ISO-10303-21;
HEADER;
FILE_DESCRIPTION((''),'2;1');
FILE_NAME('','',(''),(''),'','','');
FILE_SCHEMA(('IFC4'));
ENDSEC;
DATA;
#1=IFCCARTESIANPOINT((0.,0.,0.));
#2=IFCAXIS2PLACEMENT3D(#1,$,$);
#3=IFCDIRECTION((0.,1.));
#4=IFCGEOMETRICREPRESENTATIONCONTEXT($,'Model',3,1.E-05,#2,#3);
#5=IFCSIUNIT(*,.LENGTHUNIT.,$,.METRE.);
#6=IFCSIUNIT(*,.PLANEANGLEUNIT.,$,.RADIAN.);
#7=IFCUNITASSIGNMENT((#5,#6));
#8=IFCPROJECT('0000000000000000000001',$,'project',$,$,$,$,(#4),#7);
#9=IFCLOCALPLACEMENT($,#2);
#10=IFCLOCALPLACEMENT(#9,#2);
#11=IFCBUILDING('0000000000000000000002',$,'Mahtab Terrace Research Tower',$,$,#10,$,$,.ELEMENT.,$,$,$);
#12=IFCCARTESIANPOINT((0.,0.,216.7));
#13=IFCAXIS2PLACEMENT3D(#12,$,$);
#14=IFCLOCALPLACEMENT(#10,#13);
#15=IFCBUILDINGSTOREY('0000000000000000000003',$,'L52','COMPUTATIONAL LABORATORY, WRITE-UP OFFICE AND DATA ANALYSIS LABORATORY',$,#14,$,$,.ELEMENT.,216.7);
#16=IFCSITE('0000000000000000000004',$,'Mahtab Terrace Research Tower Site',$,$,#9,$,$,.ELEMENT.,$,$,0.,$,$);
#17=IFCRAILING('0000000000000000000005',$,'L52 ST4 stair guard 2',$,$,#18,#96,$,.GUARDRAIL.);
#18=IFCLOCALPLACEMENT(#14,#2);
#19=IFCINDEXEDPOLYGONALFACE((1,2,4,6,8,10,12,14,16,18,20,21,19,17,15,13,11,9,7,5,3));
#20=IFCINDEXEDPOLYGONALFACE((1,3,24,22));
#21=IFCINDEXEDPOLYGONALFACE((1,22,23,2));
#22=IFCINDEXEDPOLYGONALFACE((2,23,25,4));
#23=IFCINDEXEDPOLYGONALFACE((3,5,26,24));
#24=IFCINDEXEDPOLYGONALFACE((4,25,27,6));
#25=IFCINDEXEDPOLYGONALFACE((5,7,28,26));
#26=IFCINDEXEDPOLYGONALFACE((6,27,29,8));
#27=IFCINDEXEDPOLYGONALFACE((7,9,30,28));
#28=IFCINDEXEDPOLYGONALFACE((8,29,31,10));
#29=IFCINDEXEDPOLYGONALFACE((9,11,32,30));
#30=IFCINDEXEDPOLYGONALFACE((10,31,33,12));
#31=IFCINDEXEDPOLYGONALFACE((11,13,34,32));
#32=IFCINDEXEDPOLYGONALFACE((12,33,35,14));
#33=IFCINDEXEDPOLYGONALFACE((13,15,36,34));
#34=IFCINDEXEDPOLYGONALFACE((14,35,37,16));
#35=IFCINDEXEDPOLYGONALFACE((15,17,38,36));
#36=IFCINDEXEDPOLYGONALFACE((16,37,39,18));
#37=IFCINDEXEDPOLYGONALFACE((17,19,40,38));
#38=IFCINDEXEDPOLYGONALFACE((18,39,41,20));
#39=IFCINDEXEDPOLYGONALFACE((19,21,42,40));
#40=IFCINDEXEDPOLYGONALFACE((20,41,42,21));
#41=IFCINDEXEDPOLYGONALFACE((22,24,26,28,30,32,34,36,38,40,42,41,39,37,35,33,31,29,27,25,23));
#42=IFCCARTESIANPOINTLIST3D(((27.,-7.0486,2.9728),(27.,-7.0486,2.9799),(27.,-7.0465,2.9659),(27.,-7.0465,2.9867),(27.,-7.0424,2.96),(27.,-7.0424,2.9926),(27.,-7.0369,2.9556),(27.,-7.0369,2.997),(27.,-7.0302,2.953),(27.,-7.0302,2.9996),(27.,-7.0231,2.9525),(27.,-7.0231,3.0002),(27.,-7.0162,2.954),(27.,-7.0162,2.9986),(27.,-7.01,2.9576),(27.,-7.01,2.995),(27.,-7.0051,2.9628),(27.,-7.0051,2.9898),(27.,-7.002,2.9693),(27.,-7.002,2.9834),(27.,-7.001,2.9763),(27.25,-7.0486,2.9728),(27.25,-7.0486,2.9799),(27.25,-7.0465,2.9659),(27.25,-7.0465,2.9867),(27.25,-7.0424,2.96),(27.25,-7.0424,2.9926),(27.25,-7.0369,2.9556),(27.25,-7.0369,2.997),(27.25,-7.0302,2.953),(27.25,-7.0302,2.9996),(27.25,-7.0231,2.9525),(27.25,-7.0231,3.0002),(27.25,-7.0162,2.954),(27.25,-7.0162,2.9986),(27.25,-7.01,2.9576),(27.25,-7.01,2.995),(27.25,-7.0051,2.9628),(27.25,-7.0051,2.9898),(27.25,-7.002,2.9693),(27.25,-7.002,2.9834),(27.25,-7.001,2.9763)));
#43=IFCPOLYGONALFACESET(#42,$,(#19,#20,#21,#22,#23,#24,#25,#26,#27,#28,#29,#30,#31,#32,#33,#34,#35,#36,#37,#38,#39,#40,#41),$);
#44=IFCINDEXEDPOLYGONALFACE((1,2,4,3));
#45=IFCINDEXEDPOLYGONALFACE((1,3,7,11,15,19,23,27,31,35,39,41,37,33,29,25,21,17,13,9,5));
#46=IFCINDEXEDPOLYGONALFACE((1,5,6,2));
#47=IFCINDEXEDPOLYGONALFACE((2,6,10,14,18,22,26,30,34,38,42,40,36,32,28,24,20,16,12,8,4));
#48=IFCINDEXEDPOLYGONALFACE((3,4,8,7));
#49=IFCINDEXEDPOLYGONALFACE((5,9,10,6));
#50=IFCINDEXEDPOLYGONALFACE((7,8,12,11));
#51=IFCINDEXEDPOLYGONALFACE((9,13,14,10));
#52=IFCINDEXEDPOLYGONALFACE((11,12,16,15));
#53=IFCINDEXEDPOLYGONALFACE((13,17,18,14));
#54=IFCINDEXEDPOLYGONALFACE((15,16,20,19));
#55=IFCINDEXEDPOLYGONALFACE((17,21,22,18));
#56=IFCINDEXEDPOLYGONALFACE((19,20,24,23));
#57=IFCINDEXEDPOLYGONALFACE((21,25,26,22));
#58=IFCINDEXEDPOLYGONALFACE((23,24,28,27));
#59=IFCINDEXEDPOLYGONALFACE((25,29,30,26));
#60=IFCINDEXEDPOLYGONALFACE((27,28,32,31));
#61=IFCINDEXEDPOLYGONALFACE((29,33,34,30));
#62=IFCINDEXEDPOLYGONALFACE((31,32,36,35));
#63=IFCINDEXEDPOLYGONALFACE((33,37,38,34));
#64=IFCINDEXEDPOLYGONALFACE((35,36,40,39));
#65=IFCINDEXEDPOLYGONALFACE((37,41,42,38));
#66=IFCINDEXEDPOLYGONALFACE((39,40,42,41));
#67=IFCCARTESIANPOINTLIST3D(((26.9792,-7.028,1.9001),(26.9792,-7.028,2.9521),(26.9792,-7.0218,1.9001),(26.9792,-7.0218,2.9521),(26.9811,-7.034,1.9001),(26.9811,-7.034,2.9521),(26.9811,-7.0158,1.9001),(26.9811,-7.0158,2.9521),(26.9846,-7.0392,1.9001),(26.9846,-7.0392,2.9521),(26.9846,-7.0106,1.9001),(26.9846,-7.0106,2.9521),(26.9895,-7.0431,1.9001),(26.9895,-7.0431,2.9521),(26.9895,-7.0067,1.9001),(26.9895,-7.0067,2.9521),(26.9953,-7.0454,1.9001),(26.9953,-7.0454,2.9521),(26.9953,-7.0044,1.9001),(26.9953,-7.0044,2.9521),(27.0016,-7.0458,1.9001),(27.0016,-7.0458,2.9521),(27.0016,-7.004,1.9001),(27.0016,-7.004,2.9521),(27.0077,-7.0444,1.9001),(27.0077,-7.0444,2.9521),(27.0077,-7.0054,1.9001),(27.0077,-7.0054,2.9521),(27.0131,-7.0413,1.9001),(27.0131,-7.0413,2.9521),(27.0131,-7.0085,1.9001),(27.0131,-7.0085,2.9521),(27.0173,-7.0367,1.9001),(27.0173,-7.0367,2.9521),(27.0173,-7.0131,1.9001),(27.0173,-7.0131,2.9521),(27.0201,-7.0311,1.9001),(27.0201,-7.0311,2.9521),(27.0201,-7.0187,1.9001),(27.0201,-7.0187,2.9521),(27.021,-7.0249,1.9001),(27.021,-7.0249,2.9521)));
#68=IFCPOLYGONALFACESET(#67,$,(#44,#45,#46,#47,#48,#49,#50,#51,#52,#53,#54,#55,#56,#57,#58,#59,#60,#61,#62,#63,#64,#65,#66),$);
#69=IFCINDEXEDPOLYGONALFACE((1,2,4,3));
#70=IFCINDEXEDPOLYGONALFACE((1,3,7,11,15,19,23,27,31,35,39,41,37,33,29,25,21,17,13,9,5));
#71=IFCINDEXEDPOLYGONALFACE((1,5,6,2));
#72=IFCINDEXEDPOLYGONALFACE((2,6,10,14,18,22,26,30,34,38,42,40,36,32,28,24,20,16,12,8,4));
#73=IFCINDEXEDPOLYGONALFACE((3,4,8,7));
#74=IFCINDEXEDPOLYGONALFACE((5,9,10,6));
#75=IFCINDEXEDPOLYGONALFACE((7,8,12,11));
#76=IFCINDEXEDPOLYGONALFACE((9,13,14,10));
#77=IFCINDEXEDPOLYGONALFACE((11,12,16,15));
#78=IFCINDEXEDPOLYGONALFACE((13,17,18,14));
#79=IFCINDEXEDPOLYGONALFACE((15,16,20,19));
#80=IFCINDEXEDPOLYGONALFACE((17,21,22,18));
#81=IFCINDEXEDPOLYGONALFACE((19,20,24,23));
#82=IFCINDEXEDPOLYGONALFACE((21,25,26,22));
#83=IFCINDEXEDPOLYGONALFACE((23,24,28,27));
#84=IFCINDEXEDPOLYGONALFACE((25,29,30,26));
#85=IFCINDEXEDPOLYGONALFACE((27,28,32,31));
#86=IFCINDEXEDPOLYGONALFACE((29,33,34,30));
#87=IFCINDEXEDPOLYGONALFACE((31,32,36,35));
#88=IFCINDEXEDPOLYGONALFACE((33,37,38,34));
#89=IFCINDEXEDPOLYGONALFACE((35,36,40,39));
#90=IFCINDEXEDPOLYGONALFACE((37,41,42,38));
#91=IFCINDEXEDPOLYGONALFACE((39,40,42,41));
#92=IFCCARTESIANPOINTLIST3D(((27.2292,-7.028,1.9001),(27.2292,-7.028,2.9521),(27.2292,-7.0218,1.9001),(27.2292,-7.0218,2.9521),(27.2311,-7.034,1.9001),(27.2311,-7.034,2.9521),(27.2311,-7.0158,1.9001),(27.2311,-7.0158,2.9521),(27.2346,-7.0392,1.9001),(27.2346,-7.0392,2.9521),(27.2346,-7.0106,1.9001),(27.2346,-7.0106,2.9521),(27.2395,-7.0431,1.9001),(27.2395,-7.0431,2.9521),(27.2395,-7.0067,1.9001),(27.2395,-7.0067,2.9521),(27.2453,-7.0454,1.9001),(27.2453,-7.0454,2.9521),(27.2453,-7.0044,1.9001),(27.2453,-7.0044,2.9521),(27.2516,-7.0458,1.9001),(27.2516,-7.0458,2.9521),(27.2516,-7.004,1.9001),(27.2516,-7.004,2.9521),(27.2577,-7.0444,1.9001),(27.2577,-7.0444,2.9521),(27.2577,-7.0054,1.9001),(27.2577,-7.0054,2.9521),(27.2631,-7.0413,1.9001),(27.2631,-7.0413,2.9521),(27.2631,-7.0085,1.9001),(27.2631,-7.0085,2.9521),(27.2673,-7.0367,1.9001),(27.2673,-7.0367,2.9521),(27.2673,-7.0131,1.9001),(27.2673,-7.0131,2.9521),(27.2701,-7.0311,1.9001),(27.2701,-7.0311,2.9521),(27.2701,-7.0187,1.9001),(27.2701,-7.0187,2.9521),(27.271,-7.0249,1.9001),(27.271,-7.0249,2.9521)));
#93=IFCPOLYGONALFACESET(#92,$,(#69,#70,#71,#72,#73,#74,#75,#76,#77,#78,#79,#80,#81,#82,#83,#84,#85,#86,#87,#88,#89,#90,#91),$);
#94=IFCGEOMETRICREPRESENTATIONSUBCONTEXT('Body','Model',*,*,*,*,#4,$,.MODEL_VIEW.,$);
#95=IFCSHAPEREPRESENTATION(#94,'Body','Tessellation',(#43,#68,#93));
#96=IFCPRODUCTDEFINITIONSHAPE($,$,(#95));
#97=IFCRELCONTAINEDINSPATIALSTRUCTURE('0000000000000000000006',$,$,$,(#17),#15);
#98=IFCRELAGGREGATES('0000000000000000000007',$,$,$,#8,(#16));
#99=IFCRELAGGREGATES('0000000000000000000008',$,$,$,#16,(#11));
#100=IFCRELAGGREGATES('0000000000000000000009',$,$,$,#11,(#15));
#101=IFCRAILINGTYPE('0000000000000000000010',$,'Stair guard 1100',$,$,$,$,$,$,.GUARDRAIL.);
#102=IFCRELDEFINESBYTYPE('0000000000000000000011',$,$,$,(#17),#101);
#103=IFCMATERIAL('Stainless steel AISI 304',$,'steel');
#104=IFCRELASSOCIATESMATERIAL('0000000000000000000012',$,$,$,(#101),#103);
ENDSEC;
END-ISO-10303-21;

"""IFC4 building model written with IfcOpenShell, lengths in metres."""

from ifc_helpers import new_model, si_unit, direction, frame, origin, origin_2d, place, context, subcontext, project, spatial, circle, extrude, material, type_object, element, save


model = new_model("IFC4")

# Units and contexts
model_context = context("Model", 3, precision=1e-05, world=origin(), true_north=direction((0.0, 1.0)))
body_context = subcontext(model_context, "Body", "Model", "MODEL_VIEW")
ifc_project = project(units=[si_unit("LENGTHUNIT", "METRE"), si_unit("PLANEANGLEUNIT", "RADIAN")], contexts=[model_context])

# Site, building, storey
site_placement = place(None, origin())
site = spatial("IfcSite", under=ifc_project, at=site_placement, Name="Mahtab Terrace Research Tower Site", CompositionType="ELEMENT", RefElevation=0.0)
building_placement = place(site_placement, origin())
building = spatial("IfcBuilding", under=site, at=building_placement, Name="Mahtab Terrace Research Tower", CompositionType="ELEMENT")
storey_placement = place(building_placement, frame((0.0, 0.0, 216.7)))
storey = spatial("IfcBuildingStorey", under=building, at=storey_placement, Name="L52", Description="COMPUTATIONAL LABORATORY, WRITE-UP OFFICE AND DATA ANALYSIS LABORATORY", CompositionType="ELEMENT", Elevation=216.7)

# Railing
ifc_material_1 = material(Name="Stainless steel AISI 304", Category="steel")
railing_type_1 = type_object("IfcRailingType", Name="Stair guard 1100", PredefinedType="GUARDRAIL", material=ifc_material_1)
railing_1_placement = place(storey_placement, frame((27.0, -7.0249, 1.9001)))
element("IfcRailing", 1, at=railing_1_placement, inside=storey, type_object=railing_type_1, Name="L52 ST4 stair guard 2", PredefinedType="GUARDRAIL", context=body_context, shape_type="SweptSolid", body=[
    extrude(circle(Radius=0.0239, at=origin_2d()), frame((0.0, 0.0, 1.0762), z_axis=(1.0, 0.0, 0.0), x_axis=(0.0, 1.0, 0.0)), (0.0, 0.0, 1.0), 0.25),
    extrude(circle(Radius=0.021, at=origin_2d()), origin(), (0.0, 0.0, 1.0), 1.052),
    extrude(circle(Radius=0.021, at=origin_2d()), frame((0.25, 0.0, 0.0)), (0.0, 0.0, 1.0), 1.052),
])

save(model, "model.ifc")
